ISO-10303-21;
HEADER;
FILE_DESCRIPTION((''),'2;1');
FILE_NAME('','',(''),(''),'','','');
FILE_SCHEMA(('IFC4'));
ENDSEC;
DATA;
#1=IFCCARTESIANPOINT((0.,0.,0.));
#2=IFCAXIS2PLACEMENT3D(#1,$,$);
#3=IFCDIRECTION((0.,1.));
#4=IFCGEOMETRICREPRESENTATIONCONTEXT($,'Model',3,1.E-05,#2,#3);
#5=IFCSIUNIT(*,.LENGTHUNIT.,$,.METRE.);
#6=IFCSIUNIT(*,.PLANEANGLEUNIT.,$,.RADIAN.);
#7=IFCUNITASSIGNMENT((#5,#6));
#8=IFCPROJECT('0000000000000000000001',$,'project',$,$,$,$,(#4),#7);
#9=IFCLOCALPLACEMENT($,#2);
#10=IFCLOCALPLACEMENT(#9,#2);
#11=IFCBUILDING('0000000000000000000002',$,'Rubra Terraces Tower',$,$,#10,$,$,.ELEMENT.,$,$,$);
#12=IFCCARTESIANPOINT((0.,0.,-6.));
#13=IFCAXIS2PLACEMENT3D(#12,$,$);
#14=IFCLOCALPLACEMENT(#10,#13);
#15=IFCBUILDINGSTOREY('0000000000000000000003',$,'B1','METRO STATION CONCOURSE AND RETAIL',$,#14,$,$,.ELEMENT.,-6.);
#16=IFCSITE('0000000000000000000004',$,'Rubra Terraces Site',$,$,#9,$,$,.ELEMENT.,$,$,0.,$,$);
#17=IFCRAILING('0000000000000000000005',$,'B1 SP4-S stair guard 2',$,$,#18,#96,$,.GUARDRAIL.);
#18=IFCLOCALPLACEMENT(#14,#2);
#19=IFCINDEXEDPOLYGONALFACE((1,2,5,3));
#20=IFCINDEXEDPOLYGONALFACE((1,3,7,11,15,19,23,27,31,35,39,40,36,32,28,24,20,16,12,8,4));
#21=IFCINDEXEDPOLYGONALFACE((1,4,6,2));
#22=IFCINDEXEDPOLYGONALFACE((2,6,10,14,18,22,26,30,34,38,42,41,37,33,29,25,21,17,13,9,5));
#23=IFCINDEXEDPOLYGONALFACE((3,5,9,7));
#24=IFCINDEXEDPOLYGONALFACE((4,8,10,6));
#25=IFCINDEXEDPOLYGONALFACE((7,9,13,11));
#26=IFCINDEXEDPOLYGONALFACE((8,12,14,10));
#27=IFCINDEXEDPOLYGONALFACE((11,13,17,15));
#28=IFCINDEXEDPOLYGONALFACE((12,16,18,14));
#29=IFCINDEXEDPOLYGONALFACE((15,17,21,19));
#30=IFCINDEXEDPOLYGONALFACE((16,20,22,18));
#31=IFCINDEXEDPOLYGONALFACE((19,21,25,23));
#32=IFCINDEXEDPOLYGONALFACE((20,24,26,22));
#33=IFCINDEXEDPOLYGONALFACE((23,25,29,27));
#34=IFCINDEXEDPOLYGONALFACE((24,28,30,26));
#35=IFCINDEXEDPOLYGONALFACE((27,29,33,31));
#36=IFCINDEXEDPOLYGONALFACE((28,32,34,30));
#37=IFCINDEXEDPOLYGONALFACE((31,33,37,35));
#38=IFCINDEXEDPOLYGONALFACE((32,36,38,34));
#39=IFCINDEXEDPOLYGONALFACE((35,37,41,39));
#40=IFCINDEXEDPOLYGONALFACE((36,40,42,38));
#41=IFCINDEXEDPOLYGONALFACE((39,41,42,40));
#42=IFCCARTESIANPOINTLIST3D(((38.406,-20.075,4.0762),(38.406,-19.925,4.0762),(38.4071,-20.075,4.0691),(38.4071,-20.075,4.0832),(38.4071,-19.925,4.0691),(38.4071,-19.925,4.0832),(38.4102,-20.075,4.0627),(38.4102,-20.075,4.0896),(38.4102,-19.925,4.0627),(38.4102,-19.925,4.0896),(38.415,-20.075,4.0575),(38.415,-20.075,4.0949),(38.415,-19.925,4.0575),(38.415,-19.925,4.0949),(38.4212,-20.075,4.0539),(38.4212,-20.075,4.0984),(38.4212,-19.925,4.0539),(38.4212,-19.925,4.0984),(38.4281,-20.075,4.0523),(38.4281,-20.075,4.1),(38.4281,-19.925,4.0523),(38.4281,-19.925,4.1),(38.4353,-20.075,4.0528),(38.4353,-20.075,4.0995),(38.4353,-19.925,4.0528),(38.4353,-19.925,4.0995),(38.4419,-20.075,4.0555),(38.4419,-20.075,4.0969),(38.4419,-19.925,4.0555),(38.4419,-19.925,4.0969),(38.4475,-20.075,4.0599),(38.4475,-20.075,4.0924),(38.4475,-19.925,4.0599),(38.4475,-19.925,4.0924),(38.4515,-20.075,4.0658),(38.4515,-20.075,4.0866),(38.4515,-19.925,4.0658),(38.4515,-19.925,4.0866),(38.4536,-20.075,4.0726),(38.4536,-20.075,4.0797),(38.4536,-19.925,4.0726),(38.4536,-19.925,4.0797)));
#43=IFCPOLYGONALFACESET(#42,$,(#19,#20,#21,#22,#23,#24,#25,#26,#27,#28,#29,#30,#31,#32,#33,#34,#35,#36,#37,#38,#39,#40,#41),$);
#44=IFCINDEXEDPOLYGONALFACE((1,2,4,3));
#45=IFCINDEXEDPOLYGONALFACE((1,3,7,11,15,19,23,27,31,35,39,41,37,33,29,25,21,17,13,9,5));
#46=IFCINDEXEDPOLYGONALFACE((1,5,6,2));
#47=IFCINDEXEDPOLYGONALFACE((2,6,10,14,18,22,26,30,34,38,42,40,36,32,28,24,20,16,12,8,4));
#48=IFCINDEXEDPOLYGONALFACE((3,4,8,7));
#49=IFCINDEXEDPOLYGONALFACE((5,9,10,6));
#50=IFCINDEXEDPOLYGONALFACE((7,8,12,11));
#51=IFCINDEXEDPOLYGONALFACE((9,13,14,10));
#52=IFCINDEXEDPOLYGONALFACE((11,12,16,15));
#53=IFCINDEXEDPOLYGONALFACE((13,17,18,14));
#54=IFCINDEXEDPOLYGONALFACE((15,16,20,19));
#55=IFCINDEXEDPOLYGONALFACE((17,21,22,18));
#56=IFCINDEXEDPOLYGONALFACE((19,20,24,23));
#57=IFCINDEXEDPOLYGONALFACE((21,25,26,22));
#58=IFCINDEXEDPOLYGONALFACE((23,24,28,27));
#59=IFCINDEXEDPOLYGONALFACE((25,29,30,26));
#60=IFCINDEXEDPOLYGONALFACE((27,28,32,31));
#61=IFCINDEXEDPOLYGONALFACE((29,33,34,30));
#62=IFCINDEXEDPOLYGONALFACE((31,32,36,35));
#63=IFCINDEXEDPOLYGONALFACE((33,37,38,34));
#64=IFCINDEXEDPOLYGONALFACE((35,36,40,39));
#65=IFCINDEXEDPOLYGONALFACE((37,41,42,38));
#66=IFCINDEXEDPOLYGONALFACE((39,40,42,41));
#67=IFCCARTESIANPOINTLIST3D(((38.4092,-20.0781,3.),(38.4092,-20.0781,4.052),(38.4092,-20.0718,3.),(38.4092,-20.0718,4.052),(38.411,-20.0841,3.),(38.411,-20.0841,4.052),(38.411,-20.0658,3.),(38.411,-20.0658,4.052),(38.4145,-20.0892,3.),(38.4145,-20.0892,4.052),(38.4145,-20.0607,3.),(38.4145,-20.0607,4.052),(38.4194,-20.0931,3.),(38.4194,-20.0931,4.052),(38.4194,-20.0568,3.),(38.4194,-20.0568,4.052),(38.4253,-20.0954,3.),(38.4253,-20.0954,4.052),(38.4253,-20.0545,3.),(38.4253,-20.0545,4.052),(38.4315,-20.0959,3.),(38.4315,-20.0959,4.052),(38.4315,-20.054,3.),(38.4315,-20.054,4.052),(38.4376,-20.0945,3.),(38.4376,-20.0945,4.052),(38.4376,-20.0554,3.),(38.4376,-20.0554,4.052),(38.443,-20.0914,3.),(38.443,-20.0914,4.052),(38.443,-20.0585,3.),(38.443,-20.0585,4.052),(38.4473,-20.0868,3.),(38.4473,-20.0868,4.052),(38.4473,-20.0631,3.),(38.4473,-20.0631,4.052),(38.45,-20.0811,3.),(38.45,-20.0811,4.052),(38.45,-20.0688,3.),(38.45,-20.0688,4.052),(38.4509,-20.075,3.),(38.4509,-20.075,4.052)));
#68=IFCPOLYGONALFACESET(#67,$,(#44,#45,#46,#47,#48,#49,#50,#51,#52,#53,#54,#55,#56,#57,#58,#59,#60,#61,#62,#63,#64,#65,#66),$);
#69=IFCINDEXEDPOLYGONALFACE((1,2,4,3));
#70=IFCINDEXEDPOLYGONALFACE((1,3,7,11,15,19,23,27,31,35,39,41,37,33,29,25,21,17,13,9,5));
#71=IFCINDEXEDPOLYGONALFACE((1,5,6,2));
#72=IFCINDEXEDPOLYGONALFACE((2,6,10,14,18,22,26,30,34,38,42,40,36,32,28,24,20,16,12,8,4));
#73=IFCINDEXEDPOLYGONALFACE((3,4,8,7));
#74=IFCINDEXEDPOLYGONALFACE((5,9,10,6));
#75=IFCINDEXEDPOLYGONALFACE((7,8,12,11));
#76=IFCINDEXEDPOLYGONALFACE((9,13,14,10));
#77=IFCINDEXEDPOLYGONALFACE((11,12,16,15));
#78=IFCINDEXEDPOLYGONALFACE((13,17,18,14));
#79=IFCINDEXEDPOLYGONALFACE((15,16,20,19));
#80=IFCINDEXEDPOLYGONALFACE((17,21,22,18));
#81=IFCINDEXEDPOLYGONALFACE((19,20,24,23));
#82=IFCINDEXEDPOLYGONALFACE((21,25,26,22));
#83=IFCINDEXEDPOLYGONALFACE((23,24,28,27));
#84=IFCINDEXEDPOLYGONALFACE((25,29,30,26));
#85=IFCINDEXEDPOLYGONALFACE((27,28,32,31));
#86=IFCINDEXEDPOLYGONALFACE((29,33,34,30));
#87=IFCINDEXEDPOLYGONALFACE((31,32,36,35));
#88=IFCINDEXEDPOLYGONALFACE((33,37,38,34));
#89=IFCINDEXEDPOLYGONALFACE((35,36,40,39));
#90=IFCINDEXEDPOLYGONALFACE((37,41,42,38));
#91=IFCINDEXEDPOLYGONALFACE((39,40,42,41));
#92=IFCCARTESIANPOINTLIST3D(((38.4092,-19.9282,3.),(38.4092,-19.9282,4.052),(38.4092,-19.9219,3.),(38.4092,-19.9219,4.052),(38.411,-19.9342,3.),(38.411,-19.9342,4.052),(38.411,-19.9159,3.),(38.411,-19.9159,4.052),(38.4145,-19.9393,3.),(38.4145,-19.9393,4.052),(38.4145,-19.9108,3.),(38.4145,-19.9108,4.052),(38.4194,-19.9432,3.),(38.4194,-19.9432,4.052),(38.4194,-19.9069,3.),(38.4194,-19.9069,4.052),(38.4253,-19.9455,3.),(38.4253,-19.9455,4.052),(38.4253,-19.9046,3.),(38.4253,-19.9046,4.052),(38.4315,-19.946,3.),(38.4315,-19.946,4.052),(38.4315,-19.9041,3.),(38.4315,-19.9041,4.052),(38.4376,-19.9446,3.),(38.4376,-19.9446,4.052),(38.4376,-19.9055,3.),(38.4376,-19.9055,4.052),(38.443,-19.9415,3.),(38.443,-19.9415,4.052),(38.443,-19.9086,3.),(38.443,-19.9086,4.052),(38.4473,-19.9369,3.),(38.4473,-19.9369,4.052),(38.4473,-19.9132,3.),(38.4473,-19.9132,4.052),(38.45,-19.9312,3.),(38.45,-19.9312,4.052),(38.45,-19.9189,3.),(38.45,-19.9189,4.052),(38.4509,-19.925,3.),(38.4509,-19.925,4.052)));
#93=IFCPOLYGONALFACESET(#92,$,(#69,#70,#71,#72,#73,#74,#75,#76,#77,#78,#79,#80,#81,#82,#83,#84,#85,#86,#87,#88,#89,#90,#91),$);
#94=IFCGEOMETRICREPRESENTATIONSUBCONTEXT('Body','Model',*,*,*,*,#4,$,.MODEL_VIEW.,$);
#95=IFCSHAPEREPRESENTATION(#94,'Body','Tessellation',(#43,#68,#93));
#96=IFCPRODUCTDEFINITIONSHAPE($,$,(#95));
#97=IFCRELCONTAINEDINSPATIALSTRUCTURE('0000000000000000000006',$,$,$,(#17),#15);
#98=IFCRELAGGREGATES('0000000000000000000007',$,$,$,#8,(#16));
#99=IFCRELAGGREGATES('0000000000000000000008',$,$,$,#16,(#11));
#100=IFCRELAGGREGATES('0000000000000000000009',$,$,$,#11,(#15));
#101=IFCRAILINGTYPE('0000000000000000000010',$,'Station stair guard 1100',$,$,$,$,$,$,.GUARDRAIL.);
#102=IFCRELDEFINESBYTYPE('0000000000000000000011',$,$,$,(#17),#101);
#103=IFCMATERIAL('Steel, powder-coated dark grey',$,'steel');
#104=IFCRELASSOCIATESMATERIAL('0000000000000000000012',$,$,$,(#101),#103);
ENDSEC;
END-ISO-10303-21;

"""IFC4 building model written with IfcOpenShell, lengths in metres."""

from ifc_helpers import new_model, si_unit, direction, frame, origin, origin_2d, place, context, subcontext, project, spatial, circle, extrude, material, type_object, element, save


model = new_model("IFC4")

# Units and contexts
model_context = context("Model", 3, precision=1e-05, world=origin(), true_north=direction((0.0, 1.0)))
body_context = subcontext(model_context, "Body", "Model", "MODEL_VIEW")
ifc_project = project(units=[si_unit("LENGTHUNIT", "METRE"), si_unit("PLANEANGLEUNIT", "RADIAN")], contexts=[model_context])

# Site, building, storey
site_placement = place(None, origin())
site = spatial("IfcSite", under=ifc_project, at=site_placement, Name="Rubra Terraces Site", CompositionType="ELEMENT", RefElevation=0.0)
building_placement = place(site_placement, origin())
building = spatial("IfcBuilding", under=site, at=building_placement, Name="Rubra Terraces Tower", CompositionType="ELEMENT")
storey_placement = place(building_placement, frame((0.0, 0.0, -6.0)))
storey = spatial("IfcBuildingStorey", under=building, at=storey_placement, Name="B1", Description="METRO STATION CONCOURSE AND RETAIL", CompositionType="ELEMENT", Elevation=-6.0)

# Railing
ifc_material_1 = material(Name="Steel, powder-coated dark grey", Category="steel")
railing_type_1 = type_object("IfcRailingType", Name="Station stair guard 1100", PredefinedType="GUARDRAIL", material=ifc_material_1)
railing_1_placement = place(storey_placement, frame((38.4299, -20.075, 3.0)))
element("IfcRailing", 1, at=railing_1_placement, inside=storey, type_object=railing_type_1, Name="B1 SP4-S stair guard 2", PredefinedType="GUARDRAIL", context=body_context, shape_type="SweptSolid", body=[
    extrude(circle(Radius=0.0239, at=origin_2d()), frame((0.0, 0.0, 1.0762), z_axis=(0.0, 1.0, 0.0), x_axis=(-1.0, 0.0, 0.0)), (0.0, 0.0, 1.0), 0.1499),
    extrude(circle(Radius=0.021, at=origin_2d()), origin(), (0.0, 0.0, 1.0), 1.052),
    extrude(circle(Radius=0.021, at=origin_2d()), frame((0.0, 0.1499, 0.0)), (0.0, 0.0, 1.0), 1.052),
])

save(model, "model.ifc")
